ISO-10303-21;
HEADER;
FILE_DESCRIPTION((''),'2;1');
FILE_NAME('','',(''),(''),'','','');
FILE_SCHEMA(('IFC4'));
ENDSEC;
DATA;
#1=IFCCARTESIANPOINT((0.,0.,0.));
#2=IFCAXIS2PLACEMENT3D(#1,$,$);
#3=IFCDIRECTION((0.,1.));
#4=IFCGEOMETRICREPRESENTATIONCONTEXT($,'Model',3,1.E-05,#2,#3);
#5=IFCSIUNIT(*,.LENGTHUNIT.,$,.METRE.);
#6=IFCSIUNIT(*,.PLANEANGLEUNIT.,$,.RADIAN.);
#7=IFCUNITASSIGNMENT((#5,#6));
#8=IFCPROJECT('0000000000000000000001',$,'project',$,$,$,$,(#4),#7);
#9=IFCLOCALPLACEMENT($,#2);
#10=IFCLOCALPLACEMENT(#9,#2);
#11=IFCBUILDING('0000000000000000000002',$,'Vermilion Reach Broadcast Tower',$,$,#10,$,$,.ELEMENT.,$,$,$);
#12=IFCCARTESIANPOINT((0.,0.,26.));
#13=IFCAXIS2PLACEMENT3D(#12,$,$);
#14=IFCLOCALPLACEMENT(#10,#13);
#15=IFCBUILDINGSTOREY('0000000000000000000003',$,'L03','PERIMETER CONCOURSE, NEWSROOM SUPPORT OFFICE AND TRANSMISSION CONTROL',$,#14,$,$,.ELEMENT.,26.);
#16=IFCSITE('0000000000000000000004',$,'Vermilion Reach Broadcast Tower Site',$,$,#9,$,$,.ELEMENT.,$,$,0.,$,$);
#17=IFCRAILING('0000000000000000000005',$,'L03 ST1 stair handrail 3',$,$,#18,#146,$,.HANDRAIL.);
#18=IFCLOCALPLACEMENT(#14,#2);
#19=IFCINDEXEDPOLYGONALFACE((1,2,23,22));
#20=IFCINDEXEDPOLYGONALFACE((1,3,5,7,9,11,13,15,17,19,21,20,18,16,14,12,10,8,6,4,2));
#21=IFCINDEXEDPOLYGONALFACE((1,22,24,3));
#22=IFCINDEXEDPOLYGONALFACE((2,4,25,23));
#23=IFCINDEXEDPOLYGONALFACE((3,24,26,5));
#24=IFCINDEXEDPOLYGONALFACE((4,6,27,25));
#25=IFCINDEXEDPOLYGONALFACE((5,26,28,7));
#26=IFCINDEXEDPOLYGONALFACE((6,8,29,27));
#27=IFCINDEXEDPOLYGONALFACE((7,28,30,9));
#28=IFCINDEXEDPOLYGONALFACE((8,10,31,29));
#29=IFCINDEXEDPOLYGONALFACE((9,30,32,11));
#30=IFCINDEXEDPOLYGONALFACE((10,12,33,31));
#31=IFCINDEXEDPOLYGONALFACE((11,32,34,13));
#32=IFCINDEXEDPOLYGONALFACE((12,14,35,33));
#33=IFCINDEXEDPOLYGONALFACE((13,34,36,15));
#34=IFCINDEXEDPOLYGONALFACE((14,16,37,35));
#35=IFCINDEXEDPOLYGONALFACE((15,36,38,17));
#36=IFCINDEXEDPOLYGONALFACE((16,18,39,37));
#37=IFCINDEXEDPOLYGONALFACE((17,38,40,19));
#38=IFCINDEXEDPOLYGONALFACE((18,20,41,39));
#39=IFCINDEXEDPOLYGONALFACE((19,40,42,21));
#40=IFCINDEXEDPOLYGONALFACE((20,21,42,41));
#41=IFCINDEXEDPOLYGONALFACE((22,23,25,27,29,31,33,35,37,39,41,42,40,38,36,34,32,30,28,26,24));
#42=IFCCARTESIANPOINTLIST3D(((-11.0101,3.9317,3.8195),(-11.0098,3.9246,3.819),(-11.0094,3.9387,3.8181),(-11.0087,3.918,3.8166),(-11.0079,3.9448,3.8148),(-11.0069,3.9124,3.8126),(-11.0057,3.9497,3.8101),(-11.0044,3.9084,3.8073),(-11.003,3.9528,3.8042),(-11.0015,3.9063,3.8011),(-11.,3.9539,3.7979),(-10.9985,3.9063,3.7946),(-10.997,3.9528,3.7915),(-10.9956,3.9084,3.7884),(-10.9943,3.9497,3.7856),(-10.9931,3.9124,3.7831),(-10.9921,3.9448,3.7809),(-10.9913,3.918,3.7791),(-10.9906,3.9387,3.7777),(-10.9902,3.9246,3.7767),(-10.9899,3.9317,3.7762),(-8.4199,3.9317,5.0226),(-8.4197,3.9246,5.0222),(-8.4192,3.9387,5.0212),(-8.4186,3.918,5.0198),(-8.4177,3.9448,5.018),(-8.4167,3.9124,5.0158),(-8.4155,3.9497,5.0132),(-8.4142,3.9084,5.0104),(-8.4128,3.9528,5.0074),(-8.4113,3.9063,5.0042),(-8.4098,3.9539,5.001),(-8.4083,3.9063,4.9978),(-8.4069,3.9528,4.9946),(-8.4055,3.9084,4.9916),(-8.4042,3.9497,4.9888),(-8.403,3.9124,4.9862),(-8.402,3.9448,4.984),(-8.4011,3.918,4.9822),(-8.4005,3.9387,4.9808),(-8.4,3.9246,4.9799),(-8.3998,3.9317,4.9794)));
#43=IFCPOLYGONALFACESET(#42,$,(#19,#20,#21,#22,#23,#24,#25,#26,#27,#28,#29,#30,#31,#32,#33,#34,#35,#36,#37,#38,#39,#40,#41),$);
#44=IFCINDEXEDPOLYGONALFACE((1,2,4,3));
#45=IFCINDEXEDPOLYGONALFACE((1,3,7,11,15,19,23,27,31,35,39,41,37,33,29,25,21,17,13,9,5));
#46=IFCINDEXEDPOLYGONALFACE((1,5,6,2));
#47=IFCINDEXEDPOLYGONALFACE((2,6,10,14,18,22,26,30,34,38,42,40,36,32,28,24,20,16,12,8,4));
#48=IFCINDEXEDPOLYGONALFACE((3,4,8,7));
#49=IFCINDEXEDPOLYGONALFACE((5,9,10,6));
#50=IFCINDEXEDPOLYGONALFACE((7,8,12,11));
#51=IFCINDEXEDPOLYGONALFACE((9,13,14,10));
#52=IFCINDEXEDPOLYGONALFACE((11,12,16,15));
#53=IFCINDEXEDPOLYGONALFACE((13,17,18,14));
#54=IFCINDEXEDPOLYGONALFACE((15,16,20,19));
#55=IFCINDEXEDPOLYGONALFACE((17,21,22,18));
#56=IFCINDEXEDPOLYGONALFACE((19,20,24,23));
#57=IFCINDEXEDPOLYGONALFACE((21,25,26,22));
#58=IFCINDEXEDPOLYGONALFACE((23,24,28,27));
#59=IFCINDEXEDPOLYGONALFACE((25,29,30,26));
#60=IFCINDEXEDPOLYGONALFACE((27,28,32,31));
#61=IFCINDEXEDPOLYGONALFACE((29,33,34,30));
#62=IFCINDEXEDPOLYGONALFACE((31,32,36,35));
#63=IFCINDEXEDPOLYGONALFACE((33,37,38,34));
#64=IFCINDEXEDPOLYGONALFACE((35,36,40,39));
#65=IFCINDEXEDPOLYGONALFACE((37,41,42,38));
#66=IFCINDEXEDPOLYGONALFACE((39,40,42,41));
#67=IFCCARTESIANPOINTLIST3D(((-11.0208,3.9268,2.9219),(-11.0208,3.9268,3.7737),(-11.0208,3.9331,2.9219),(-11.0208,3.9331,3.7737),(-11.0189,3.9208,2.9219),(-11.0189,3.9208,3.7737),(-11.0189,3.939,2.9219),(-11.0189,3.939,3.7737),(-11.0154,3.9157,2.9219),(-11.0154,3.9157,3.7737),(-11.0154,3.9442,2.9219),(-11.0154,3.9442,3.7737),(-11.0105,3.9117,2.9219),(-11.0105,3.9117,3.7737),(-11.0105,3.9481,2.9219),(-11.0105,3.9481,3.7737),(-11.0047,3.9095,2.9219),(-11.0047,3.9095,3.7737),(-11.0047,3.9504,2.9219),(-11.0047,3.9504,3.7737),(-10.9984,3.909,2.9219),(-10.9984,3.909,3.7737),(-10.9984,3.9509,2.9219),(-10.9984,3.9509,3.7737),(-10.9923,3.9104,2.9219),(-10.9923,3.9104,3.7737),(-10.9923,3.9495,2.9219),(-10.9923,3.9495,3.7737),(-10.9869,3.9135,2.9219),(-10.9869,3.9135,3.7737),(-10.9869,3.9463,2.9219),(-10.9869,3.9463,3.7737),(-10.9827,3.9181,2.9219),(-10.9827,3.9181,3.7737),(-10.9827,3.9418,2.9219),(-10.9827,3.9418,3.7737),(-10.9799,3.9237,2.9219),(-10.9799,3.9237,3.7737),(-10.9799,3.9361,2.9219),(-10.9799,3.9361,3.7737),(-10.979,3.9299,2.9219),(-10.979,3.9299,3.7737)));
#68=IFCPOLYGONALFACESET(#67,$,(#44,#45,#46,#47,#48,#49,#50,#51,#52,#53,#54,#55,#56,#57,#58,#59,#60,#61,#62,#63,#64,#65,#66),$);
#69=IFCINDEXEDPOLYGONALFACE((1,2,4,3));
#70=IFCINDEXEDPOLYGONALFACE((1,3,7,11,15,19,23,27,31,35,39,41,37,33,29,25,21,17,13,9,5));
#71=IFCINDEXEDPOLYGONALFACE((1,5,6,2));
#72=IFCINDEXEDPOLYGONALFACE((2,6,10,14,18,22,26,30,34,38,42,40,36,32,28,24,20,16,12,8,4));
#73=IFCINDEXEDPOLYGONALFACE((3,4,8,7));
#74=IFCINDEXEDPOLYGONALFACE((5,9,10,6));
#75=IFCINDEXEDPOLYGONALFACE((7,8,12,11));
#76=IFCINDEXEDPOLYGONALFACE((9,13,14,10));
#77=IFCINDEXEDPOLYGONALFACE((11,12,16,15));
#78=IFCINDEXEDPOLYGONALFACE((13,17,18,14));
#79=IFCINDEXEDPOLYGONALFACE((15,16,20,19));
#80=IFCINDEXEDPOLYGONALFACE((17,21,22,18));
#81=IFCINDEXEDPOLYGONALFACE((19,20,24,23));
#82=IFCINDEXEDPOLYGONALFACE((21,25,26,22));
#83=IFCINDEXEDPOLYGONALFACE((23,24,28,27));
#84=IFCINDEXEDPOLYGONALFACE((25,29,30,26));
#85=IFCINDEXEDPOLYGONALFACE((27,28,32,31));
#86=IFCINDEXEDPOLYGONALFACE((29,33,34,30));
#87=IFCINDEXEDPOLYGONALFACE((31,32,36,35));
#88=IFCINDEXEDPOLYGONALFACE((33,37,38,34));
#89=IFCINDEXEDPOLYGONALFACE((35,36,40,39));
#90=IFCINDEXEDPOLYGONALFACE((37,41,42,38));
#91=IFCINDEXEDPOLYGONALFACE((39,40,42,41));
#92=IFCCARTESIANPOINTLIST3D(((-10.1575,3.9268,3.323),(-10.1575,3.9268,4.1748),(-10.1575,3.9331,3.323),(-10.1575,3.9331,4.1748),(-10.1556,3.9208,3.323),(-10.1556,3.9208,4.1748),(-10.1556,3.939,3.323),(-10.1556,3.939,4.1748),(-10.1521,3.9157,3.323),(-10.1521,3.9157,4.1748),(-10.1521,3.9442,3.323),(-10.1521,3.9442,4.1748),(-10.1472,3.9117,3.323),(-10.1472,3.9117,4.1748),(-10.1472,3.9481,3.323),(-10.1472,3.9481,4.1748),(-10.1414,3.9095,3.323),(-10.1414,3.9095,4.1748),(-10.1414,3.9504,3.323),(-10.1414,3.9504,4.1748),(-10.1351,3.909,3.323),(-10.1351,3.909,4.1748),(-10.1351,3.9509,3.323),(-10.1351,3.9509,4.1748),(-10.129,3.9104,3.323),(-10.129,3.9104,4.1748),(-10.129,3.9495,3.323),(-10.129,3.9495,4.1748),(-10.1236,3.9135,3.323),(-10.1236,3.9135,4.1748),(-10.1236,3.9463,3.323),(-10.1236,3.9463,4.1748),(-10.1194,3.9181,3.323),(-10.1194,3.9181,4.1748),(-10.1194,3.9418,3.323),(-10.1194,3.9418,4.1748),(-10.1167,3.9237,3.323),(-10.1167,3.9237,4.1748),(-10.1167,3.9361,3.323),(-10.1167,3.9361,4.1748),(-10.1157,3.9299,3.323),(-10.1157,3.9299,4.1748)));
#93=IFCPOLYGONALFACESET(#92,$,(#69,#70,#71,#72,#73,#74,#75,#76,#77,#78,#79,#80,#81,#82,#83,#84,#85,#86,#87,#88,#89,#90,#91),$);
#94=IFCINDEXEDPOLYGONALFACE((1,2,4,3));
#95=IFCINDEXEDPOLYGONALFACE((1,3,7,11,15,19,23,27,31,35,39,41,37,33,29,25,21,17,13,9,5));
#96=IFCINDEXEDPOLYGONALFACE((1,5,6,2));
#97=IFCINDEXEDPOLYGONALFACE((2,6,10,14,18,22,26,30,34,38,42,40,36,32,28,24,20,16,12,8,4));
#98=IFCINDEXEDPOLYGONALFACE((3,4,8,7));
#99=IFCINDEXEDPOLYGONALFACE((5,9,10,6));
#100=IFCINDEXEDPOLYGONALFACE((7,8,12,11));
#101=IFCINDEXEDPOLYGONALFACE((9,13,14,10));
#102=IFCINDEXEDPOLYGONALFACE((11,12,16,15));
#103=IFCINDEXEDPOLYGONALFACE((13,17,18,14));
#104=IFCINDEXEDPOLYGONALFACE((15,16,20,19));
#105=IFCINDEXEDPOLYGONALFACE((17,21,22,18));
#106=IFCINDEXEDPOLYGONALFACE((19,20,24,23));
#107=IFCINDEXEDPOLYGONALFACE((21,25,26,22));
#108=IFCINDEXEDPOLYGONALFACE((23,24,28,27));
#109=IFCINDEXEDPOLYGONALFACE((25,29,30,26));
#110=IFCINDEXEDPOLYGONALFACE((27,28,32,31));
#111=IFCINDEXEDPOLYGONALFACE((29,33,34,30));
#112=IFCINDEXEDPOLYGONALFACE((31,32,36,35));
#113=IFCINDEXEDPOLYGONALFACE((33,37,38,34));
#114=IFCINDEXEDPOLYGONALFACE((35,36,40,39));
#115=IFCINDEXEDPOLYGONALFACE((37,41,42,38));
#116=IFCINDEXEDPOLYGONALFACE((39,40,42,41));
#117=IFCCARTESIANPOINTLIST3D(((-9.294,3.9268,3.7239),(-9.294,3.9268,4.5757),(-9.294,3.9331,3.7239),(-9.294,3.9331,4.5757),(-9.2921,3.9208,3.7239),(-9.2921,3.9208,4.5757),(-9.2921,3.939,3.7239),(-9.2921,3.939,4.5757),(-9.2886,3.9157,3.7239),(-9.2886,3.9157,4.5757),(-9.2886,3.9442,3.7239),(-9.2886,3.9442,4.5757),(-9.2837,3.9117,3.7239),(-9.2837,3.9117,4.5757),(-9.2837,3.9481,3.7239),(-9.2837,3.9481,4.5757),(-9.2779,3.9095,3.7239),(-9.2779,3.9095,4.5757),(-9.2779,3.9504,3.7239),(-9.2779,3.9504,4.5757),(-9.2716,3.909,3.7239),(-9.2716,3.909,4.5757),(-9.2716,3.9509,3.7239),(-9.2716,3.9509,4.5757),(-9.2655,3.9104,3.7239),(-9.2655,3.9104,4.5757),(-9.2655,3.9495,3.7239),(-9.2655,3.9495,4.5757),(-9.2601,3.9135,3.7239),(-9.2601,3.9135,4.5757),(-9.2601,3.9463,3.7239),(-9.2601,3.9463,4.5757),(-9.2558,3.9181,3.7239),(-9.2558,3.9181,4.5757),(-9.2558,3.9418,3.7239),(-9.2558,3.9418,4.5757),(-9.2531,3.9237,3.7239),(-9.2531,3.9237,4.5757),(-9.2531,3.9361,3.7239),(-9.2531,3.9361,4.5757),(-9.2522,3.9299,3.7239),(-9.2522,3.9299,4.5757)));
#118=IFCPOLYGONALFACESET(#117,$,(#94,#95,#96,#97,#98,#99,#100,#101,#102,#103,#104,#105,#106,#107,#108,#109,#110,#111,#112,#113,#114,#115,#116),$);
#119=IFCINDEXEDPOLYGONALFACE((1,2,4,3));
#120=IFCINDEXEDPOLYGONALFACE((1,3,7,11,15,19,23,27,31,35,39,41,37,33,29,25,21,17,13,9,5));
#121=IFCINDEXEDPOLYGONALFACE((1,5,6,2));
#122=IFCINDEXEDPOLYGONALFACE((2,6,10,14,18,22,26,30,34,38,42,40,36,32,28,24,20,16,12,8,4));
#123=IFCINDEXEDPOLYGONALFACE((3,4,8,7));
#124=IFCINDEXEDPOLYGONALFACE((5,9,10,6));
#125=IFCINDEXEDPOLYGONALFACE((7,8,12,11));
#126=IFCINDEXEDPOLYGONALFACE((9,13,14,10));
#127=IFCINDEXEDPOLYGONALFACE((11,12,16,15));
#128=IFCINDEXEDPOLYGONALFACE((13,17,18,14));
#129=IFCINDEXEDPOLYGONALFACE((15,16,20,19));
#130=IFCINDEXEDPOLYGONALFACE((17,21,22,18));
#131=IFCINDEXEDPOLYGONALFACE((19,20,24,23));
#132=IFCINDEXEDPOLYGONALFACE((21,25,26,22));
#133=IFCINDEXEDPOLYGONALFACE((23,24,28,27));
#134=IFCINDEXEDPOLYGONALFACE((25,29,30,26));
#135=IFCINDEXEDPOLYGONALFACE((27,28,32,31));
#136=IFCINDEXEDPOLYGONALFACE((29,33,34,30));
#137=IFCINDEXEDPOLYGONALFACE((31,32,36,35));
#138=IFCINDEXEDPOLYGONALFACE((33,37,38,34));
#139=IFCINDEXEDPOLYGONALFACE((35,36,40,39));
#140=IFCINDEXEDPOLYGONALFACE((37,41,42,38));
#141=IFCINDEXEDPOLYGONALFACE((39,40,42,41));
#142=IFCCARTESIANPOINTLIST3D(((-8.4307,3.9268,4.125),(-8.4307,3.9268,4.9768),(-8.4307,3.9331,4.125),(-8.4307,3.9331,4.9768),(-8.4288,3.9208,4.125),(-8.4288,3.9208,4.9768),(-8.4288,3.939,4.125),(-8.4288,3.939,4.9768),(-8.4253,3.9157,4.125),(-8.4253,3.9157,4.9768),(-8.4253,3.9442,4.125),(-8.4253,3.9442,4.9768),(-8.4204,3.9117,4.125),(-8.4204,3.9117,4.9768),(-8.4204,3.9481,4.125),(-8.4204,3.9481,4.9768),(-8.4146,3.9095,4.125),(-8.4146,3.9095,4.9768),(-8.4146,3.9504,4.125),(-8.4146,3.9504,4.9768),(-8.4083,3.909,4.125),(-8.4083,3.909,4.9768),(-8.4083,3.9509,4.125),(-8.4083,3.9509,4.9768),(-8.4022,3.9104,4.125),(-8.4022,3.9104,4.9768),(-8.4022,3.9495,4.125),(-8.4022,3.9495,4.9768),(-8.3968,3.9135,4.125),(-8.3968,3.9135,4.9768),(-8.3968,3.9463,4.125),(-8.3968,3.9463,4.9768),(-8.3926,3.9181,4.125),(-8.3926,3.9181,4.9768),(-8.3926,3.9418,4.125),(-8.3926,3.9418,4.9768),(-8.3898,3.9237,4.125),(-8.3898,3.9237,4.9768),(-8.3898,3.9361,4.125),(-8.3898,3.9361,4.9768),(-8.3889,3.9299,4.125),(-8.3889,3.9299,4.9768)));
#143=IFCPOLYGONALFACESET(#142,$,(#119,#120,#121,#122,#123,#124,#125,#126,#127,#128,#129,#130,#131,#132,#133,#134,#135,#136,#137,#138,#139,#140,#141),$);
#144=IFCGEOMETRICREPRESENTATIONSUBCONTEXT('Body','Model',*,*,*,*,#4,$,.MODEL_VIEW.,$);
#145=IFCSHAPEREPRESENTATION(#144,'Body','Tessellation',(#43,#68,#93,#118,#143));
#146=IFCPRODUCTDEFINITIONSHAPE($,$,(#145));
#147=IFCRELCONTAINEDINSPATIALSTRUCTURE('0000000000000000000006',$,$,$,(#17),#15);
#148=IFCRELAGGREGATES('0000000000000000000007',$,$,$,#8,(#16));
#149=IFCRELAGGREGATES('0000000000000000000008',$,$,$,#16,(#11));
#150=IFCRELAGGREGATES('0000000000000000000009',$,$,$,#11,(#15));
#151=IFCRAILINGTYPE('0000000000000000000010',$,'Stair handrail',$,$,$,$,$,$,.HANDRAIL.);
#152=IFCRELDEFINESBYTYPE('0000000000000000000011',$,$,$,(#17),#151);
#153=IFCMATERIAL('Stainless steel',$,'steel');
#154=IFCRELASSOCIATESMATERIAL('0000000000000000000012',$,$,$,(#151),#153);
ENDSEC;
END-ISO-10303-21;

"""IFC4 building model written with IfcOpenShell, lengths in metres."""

from ifc_helpers import new_model, si_unit, direction, frame, origin, origin_2d, place, context, subcontext, project, spatial, circle, extrude, material, type_object, element, save


model = new_model("IFC4")

# Units and contexts
model_context = context("Model", 3, precision=1e-05, world=origin(), true_north=direction((0.0, 1.0)))
body_context = subcontext(model_context, "Body", "Model", "MODEL_VIEW")
ifc_project = project(units=[si_unit("LENGTHUNIT", "METRE"), si_unit("PLANEANGLEUNIT", "RADIAN")], contexts=[model_context])

# Site, building, storey
site_placement = place(None, origin())
site = spatial("IfcSite", under=ifc_project, at=site_placement, Name="Vermilion Reach Broadcast Tower Site", CompositionType="ELEMENT", RefElevation=0.0)
building_placement = place(site_placement, origin())
building = spatial("IfcBuilding", under=site, at=building_placement, Name="Vermilion Reach Broadcast Tower", CompositionType="ELEMENT")
storey_placement = place(building_placement, frame((0.0, 0.0, 26.0)))
storey = spatial("IfcBuildingStorey", under=building, at=storey_placement, Name="L03", Description="PERIMETER CONCOURSE, NEWSROOM SUPPORT OFFICE AND TRANSMISSION CONTROL", CompositionType="ELEMENT", Elevation=26.0)

# Railing
ifc_material_1 = material(Name="Stainless steel", Category="steel")
railing_type_1 = type_object("IfcRailingType", Name="Stair handrail", PredefinedType="HANDRAIL", material=ifc_material_1)
for number, where, name in (
    (1, (-11.0, 3.9299, 2.9219), "L03 ST1 stair handrail 3"),
):
    element("IfcRailing", number, at=place(storey_placement, frame(where)), inside=storey, type_object=railing_type_1, Name=name, PredefinedType="HANDRAIL", context=body_context, shape_type="SweptSolid", body=[
        extrude(circle(Radius=0.0239, at=origin_2d()), frame((0.0, 0.0, 0.876), z_axis=(0.906931, 0.0, 0.42128), x_axis=(0.0, 1.0, 0.0)), (0.0, 0.0, 1.0), 2.856),
        extrude(circle(Radius=0.021, at=origin_2d()), origin(), (0.0, 0.0, 1.0), 0.8518),
        extrude(circle(Radius=0.021, at=origin_2d()), frame((0.8633, 0.0, 0.4011)), (0.0, 0.0, 1.0), 0.8518),
        extrude(circle(Radius=0.021, at=origin_2d()), frame((1.7268, 0.0, 0.802)), (0.0, 0.0, 1.0), 0.8518),
        extrude(circle(Radius=0.021, at=origin_2d()), frame((2.5901, 0.0, 1.2031)), (0.0, 0.0, 1.0), 0.8518),
    ])

save(model, "model.ifc")
